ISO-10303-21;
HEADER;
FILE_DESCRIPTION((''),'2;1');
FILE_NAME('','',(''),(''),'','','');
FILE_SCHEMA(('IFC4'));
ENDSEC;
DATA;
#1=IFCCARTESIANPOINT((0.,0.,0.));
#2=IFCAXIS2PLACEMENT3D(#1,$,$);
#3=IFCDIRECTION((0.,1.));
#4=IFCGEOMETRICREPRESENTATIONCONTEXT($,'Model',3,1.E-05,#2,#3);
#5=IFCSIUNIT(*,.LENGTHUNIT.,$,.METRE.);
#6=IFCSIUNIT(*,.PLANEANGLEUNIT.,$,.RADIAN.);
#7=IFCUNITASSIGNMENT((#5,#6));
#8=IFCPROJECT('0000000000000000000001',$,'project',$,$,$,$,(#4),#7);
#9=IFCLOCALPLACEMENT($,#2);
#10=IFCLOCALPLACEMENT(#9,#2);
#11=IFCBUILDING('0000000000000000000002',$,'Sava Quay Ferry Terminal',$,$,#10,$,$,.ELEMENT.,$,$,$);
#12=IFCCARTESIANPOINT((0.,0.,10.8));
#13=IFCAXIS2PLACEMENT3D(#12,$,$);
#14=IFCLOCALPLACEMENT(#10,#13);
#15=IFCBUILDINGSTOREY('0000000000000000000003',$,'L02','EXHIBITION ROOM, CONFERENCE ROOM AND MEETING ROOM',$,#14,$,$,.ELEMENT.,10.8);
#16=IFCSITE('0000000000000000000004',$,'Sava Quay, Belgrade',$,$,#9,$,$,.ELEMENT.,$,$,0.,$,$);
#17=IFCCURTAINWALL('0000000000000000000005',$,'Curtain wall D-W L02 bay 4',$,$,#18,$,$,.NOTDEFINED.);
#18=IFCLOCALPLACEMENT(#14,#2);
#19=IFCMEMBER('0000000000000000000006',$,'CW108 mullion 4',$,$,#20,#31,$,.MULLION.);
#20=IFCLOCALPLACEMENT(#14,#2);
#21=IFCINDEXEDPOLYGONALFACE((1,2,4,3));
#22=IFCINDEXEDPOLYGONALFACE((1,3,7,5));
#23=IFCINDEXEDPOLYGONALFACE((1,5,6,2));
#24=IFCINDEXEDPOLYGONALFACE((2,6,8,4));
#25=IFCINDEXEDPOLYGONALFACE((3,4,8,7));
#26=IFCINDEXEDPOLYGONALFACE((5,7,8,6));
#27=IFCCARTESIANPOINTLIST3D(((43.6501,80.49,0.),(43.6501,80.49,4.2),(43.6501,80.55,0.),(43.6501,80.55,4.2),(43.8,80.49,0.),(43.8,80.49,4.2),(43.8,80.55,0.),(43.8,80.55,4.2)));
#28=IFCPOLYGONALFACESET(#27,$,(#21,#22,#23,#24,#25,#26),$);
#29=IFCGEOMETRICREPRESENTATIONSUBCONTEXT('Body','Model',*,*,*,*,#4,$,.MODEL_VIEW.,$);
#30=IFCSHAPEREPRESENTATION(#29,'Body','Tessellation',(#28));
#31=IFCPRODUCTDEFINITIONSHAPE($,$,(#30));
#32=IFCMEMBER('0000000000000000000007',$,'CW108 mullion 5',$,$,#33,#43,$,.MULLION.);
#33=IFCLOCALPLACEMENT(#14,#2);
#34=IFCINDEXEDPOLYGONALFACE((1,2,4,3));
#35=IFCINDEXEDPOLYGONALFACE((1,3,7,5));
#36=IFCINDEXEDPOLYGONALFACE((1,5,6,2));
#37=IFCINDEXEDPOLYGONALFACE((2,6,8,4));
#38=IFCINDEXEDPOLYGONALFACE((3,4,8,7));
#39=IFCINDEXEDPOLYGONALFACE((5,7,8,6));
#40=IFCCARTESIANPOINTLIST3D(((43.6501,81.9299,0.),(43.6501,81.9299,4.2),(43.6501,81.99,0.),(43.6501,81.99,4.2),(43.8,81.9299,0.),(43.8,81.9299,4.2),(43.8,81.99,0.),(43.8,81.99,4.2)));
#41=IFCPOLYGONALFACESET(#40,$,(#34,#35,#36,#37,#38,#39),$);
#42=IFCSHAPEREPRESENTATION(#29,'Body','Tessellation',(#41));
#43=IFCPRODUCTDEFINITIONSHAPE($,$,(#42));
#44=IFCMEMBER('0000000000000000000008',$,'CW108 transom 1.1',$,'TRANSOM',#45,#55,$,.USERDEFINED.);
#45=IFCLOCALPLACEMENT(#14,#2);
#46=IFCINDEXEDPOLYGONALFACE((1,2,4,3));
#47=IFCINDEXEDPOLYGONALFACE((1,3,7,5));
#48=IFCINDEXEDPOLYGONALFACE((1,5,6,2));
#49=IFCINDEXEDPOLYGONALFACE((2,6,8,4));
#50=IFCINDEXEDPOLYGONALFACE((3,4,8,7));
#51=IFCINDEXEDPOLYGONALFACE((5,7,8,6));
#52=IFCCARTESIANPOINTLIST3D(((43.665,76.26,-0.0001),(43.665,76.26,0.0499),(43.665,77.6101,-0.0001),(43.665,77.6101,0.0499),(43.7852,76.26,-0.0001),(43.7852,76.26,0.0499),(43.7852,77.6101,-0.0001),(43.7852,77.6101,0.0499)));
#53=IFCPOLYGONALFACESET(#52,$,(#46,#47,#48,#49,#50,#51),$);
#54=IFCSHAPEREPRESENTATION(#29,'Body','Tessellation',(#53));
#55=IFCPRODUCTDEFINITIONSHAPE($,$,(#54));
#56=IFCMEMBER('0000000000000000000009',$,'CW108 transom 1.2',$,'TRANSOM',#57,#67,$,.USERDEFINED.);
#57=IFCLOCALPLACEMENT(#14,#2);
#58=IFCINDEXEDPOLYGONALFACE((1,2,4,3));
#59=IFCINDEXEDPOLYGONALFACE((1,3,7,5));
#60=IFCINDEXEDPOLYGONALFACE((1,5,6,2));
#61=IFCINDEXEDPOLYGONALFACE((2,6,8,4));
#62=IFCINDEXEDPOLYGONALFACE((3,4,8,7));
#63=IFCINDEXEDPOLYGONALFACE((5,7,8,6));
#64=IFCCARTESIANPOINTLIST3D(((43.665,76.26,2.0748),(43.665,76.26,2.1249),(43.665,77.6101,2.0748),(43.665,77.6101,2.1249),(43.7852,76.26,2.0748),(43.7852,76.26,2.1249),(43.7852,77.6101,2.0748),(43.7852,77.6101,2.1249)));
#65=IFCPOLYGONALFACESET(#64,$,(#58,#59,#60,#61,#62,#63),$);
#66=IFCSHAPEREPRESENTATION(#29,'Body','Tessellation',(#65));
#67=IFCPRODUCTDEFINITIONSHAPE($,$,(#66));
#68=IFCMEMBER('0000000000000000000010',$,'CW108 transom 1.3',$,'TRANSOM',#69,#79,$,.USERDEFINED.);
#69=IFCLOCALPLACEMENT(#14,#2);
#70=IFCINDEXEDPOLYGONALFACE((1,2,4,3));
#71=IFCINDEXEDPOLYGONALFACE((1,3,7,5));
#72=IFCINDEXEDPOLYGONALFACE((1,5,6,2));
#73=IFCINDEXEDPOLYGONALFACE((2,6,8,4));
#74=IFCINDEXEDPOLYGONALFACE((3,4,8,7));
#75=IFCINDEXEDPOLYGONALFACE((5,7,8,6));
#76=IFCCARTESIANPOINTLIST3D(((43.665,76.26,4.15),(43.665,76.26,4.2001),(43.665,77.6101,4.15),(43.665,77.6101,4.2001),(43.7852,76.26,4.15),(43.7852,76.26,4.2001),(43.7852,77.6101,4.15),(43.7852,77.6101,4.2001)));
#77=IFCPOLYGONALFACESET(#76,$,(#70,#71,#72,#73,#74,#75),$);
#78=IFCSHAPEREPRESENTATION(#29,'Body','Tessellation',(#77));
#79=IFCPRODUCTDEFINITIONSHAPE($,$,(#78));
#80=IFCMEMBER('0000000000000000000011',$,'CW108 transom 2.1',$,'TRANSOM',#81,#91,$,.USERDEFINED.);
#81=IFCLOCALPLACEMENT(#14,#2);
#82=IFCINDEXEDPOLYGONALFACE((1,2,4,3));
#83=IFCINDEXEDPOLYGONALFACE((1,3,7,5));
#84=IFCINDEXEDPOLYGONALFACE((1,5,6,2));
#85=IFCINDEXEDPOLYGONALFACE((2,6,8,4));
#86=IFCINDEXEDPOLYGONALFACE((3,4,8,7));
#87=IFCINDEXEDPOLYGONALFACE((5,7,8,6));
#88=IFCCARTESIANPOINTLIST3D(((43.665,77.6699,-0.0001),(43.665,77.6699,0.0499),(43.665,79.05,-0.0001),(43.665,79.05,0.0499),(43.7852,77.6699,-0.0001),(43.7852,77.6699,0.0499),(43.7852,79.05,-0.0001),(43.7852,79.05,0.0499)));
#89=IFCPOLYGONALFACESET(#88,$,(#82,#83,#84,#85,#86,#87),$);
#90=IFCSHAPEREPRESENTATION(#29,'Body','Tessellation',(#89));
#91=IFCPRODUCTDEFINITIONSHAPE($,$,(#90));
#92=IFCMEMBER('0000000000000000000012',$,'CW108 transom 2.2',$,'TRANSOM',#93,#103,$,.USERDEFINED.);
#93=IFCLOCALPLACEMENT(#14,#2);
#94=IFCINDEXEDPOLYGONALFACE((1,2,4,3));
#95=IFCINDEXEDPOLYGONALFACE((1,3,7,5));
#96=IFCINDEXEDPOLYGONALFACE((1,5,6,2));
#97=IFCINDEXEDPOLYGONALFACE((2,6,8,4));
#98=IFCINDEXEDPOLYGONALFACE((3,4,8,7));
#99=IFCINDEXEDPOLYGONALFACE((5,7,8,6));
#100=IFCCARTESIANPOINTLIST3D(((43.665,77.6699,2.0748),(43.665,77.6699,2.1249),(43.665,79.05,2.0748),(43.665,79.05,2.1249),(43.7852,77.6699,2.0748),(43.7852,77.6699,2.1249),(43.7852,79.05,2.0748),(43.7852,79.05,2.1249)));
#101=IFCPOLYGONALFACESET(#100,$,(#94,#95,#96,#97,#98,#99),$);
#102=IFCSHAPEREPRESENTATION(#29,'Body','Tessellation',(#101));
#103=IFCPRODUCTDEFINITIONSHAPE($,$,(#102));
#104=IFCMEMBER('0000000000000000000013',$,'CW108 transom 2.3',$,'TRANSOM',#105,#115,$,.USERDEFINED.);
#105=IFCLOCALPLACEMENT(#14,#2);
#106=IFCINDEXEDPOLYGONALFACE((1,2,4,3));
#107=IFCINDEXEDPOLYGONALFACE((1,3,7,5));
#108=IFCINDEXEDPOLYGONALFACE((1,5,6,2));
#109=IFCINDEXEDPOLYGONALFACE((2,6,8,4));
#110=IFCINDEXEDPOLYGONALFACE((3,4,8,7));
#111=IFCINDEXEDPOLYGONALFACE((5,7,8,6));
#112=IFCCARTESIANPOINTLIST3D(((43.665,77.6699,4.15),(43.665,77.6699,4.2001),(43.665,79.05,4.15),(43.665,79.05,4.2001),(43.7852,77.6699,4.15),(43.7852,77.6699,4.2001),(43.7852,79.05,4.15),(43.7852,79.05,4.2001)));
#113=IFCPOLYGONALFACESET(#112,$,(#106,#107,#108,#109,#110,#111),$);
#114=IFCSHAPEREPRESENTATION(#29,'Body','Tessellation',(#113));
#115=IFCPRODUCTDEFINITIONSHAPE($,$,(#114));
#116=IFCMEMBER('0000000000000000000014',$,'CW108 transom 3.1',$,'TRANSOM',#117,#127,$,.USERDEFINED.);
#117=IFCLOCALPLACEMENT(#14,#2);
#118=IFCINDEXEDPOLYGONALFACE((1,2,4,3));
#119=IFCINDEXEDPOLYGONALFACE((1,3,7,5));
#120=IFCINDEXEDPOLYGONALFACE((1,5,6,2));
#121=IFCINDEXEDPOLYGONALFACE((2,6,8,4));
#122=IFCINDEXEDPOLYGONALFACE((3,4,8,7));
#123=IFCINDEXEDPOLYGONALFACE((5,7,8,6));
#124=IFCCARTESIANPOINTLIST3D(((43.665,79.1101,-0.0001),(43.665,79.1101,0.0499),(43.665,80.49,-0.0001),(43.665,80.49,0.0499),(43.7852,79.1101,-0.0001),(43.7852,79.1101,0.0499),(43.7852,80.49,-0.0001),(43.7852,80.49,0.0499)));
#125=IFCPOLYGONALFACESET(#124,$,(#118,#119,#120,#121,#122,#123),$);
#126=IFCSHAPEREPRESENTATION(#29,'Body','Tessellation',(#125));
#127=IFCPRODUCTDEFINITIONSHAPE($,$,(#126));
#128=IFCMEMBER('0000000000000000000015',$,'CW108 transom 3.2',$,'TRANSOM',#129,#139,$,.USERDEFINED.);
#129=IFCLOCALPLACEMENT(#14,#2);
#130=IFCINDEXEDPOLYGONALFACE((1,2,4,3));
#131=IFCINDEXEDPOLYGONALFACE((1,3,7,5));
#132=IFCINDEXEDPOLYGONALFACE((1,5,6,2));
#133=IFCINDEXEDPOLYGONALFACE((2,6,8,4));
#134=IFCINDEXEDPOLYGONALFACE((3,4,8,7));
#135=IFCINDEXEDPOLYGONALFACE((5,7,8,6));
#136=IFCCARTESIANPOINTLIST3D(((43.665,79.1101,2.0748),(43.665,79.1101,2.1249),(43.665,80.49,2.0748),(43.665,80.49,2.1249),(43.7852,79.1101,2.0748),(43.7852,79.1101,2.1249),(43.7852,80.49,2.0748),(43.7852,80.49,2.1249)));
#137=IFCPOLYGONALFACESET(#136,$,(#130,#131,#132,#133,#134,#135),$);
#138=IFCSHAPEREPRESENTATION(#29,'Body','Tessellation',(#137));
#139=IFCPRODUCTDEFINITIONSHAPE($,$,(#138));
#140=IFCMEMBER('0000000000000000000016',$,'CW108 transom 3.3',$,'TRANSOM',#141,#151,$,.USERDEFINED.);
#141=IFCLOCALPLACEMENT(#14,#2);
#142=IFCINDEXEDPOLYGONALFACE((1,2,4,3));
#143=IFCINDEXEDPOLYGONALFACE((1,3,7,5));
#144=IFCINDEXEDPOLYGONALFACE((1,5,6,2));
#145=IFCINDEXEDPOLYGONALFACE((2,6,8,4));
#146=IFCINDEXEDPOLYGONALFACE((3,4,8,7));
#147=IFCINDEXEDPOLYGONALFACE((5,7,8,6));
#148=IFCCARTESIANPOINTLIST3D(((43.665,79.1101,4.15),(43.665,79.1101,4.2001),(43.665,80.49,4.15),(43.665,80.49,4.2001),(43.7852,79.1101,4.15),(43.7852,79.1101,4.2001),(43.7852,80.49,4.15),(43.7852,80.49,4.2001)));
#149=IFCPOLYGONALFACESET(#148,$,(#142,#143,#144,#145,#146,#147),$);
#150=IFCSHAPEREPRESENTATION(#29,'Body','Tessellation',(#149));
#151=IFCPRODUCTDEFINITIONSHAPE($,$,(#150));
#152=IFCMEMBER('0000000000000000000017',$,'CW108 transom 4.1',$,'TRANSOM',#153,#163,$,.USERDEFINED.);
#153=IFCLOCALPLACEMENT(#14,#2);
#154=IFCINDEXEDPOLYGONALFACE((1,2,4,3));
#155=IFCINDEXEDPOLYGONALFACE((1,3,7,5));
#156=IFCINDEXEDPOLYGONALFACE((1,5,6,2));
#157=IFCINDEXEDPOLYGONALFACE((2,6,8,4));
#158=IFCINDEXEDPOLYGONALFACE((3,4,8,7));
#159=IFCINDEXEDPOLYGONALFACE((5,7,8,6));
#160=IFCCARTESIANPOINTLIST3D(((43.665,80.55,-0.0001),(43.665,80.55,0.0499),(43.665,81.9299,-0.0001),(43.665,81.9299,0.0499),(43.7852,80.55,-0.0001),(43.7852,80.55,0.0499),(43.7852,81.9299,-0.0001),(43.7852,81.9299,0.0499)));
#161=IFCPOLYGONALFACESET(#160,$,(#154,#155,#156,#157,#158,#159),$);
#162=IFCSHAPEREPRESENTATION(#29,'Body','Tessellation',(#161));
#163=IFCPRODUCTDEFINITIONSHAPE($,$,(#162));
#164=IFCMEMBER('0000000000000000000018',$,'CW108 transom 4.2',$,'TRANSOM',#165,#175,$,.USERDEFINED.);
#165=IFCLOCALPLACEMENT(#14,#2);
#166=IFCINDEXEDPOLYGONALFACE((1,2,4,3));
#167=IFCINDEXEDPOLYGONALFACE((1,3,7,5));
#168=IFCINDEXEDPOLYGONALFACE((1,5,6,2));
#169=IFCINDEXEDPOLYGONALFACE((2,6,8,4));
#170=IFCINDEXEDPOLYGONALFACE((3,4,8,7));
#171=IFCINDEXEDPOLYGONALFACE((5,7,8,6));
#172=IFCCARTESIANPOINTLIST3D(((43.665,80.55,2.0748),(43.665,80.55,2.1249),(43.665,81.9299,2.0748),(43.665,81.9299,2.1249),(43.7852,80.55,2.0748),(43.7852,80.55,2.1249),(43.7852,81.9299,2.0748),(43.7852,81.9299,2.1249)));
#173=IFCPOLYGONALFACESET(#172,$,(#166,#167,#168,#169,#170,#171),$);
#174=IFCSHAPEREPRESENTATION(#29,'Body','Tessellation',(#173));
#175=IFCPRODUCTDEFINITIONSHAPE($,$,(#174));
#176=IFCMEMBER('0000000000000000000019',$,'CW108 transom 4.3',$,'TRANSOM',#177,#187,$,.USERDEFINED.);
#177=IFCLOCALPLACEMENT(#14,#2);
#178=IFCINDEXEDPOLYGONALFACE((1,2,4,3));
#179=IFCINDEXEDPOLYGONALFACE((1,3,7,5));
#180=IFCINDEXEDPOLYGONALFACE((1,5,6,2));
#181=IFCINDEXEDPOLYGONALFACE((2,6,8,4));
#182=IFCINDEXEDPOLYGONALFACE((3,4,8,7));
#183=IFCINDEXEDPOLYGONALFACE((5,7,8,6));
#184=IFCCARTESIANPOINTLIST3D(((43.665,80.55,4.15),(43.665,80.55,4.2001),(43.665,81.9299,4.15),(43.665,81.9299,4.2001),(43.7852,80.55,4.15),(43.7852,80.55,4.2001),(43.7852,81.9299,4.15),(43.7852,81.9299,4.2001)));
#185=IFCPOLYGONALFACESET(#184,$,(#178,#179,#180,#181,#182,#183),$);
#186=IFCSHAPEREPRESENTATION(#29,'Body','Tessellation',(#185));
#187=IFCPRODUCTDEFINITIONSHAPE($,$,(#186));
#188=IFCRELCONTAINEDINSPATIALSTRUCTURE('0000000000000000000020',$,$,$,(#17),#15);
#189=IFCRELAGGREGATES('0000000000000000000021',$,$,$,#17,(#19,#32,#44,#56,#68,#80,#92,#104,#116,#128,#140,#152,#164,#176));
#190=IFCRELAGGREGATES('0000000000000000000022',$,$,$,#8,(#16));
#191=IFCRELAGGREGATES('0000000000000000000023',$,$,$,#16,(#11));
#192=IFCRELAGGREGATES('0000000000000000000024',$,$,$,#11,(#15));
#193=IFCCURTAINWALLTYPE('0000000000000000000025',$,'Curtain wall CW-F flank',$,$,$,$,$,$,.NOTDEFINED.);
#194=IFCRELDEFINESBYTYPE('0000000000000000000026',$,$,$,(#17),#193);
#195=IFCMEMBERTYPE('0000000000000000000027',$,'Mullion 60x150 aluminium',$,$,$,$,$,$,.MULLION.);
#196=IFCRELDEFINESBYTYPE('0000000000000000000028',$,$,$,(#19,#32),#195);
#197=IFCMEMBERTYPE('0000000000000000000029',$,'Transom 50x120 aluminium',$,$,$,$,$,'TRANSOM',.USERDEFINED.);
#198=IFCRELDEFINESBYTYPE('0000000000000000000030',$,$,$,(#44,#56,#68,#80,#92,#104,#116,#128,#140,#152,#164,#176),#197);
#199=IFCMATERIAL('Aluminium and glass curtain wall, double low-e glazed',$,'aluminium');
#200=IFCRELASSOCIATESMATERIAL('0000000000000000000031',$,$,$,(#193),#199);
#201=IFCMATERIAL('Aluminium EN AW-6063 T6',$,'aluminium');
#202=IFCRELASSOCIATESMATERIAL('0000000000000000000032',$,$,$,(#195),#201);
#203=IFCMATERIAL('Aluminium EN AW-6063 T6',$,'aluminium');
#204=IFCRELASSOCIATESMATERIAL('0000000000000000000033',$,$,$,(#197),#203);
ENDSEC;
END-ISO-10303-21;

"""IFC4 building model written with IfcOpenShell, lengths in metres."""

from ifc_helpers import new_model, si_unit, direction, frame, origin, origin_2d, place, context, subcontext, project, spatial, rectangle, extrude, material, material_profile, profile_set, type_object, element, aggregate, save


model = new_model("IFC4")

# Units and contexts
model_context = context("Model", 3, precision=1e-05, world=origin(), true_north=direction((0.0, 1.0)))
body_context = subcontext(model_context, "Body", "Model", "MODEL_VIEW")
ifc_project = project(units=[si_unit("LENGTHUNIT", "METRE"), si_unit("PLANEANGLEUNIT", "RADIAN")], contexts=[model_context])

# Site, building, storey
site_placement = place(None, origin())
site = spatial("IfcSite", under=ifc_project, at=site_placement, Name="Sava Quay, Belgrade", CompositionType="ELEMENT", RefElevation=0.0)
building_placement = place(site_placement, origin())
building = spatial("IfcBuilding", under=site, at=building_placement, Name="Sava Quay Ferry Terminal", CompositionType="ELEMENT")
storey_placement = place(building_placement, frame((0.0, 0.0, 10.8)))
storey = spatial("IfcBuildingStorey", under=building, at=storey_placement, Name="L02", Description="EXHIBITION ROOM, CONFERENCE ROOM AND MEETING ROOM", CompositionType="ELEMENT", Elevation=10.8)

# Shared definitions
ifc_material_1 = material(Name="Aluminium and glass curtain wall, double low-e glazed", Category="aluminium")
curtain_wall_type = type_object("IfcCurtainWallType", Name="Curtain wall CW-F flank", PredefinedType="NOTDEFINED", material=ifc_material_1)
ifc_material_2 = material(Name="Aluminium EN AW-6063 T6", Category="aluminium")
ifc_material_profile_1 = material_profile(ifc_material_2, rectangle(XDim=0.1499, YDim=0.0601, at=origin_2d()), Name="Mullion 60x150 aluminium")
ifc_profile_set_1 = profile_set([ifc_material_profile_1], Name="Aluminium EN AW-6063 T6")
member_type_1 = type_object("IfcMemberType", Name="Mullion 60x150 aluminium", PredefinedType="MULLION", material=ifc_profile_set_1)

# Curtain wall, members
curtain_wall_1_placement = place(storey_placement, origin())
curtain_wall_1 = element("IfcCurtainWall", 1, at=curtain_wall_1_placement, inside=storey, type_object=curtain_wall_type, Name="Curtain wall D-W L02 bay 4", PredefinedType="NOTDEFINED")
member_1_placement = place(storey_placement, frame((43.7251, 80.52, 0.0), z_axis=(0.0, 0.0, 1.0), x_axis=(-1.0, 0.0, 0.0)))
member_1 = element("IfcMember", 2, at=member_1_placement, type_object=member_type_1, Name="CW108 mullion 4", PredefinedType="MULLION", context=body_context, shape_type="SweptSolid", body=[
    extrude(rectangle(XDim=0.1499, YDim=0.0601, at=origin_2d()), origin(), (0.0, 0.0, 1.0), 4.2),
])
member_2_placement = place(storey_placement, frame((43.7251, 81.96, 0.0), z_axis=(0.0, 0.0, 1.0), x_axis=(-1.0, 0.0, 0.0)))
member_2 = element("IfcMember", 3, at=member_2_placement, type_object=member_type_1, Name="CW108 mullion 5", PredefinedType="MULLION", context=body_context, shape_type="SweptSolid", body=[
    extrude(rectangle(XDim=0.1499, YDim=0.0601, at=origin_2d()), origin(), (0.0, 0.0, 1.0), 4.2),
])
ifc_material_3 = material(Name="Aluminium EN AW-6063 T6", Category="aluminium")
ifc_material_profile_2 = material_profile(ifc_material_3, rectangle(XDim=0.1201, YDim=0.05, at=origin_2d()), Name="Transom 50x120 aluminium")
ifc_profile_set_2 = profile_set([ifc_material_profile_2], Name="Aluminium EN AW-6063 T6")
member_type_2 = type_object("IfcMemberType", Name="Transom 50x120 aluminium", ElementType="TRANSOM", PredefinedType="USERDEFINED", material=ifc_profile_set_2)
member_3_placement = place(storey_placement, frame((43.7251, 76.26, 0.0249), z_axis=(0.0, 1.0, 0.0), x_axis=(-1.0, 0.0, 0.0)))
member_3 = element("IfcMember", 4, at=member_3_placement, type_object=member_type_2, Name="CW108 transom 1.1", ObjectType="TRANSOM", PredefinedType="USERDEFINED", context=body_context, shape_type="SweptSolid", body=[
    extrude(rectangle(XDim=0.1201, YDim=0.05, at=origin_2d()), origin(), (0.0, 0.0, 1.0), 1.3501),
])
member_4_placement = place(storey_placement, frame((43.7251, 76.26, 2.0999), z_axis=(0.0, 1.0, 0.0), x_axis=(-1.0, 0.0, 0.0)))
member_4 = element("IfcMember", 5, at=member_4_placement, type_object=member_type_2, Name="CW108 transom 1.2", ObjectType="TRANSOM", PredefinedType="USERDEFINED", context=body_context, shape_type="SweptSolid", body=[
    extrude(rectangle(XDim=0.1201, YDim=0.05, at=origin_2d()), origin(), (0.0, 0.0, 1.0), 1.3501),
])
member_5_placement = place(storey_placement, frame((43.7251, 76.26, 4.175), z_axis=(0.0, 1.0, 0.0), x_axis=(-1.0, 0.0, 0.0)))
member_5 = element("IfcMember", 6, at=member_5_placement, type_object=member_type_2, Name="CW108 transom 1.3", ObjectType="TRANSOM", PredefinedType="USERDEFINED", context=body_context, shape_type="SweptSolid", body=[
    extrude(rectangle(XDim=0.1201, YDim=0.05, at=origin_2d()), origin(), (0.0, 0.0, 1.0), 1.3501),
])
member_6_placement = place(storey_placement, frame((43.7251, 77.6699, 0.0249), z_axis=(0.0, 1.0, 0.0), x_axis=(-1.0, 0.0, 0.0)))
member_6 = element("IfcMember", 7, at=member_6_placement, type_object=member_type_2, Name="CW108 transom 2.1", ObjectType="TRANSOM", PredefinedType="USERDEFINED", context=body_context, shape_type="SweptSolid", body=[
    extrude(rectangle(XDim=0.1201, YDim=0.05, at=origin_2d()), origin(), (0.0, 0.0, 1.0), 1.3801),
])
member_7_placement = place(storey_placement, frame((43.7251, 77.6699, 2.0999), z_axis=(0.0, 1.0, 0.0), x_axis=(-1.0, 0.0, 0.0)))
member_7 = element("IfcMember", 8, at=member_7_placement, type_object=member_type_2, Name="CW108 transom 2.2", ObjectType="TRANSOM", PredefinedType="USERDEFINED", context=body_context, shape_type="SweptSolid", body=[
    extrude(rectangle(XDim=0.1201, YDim=0.05, at=origin_2d()), origin(), (0.0, 0.0, 1.0), 1.3801),
])
member_8_placement = place(storey_placement, frame((43.7251, 77.6699, 4.175), z_axis=(0.0, 1.0, 0.0), x_axis=(-1.0, 0.0, 0.0)))
member_8 = element("IfcMember", 9, at=member_8_placement, type_object=member_type_2, Name="CW108 transom 2.3", ObjectType="TRANSOM", PredefinedType="USERDEFINED", context=body_context, shape_type="SweptSolid", body=[
    extrude(rectangle(XDim=0.1201, YDim=0.05, at=origin_2d()), origin(), (0.0, 0.0, 1.0), 1.3801),
])
member_9_placement = place(storey_placement, frame((43.7251, 79.1101, 0.0249), z_axis=(0.0, 1.0, 0.0), x_axis=(-1.0, 0.0, 0.0)))
member_9 = element("IfcMember", 10, at=member_9_placement, type_object=member_type_2, Name="CW108 transom 3.1", ObjectType="TRANSOM", PredefinedType="USERDEFINED", context=body_context, shape_type="SweptSolid", body=[
    extrude(rectangle(XDim=0.1201, YDim=0.05, at=origin_2d()), origin(), (0.0, 0.0, 1.0), 1.3799),
])
member_10_placement = place(storey_placement, frame((43.7251, 79.1101, 2.0999), z_axis=(0.0, 1.0, 0.0), x_axis=(-1.0, 0.0, 0.0)))
member_10 = element("IfcMember", 11, at=member_10_placement, type_object=member_type_2, Name="CW108 transom 3.2", ObjectType="TRANSOM", PredefinedType="USERDEFINED", context=body_context, shape_type="SweptSolid", body=[
    extrude(rectangle(XDim=0.1201, YDim=0.05, at=origin_2d()), origin(), (0.0, 0.0, 1.0), 1.3799),
])
member_11_placement = place(storey_placement, frame((43.7251, 79.1101, 4.175), z_axis=(0.0, 1.0, 0.0), x_axis=(-1.0, 0.0, 0.0)))
member_11 = element("IfcMember", 12, at=member_11_placement, type_object=member_type_2, Name="CW108 transom 3.3", ObjectType="TRANSOM", PredefinedType="USERDEFINED", context=body_context, shape_type="SweptSolid", body=[
    extrude(rectangle(XDim=0.1201, YDim=0.05, at=origin_2d()), origin(), (0.0, 0.0, 1.0), 1.3799),
])
member_12_placement = place(storey_placement, frame((43.7251, 80.55, 0.0249), z_axis=(0.0, 1.0, 0.0), x_axis=(-1.0, 0.0, 0.0)))
member_12 = element("IfcMember", 13, at=member_12_placement, type_object=member_type_2, Name="CW108 transom 4.1", ObjectType="TRANSOM", PredefinedType="USERDEFINED", context=body_context, shape_type="SweptSolid", body=[
    extrude(rectangle(XDim=0.1201, YDim=0.05, at=origin_2d()), origin(), (0.0, 0.0, 1.0), 1.3799),
])
member_13_placement = place(storey_placement, frame((43.7251, 80.55, 2.0999), z_axis=(0.0, 1.0, 0.0), x_axis=(-1.0, 0.0, 0.0)))
member_13 = element("IfcMember", 14, at=member_13_placement, type_object=member_type_2, Name="CW108 transom 4.2", ObjectType="TRANSOM", PredefinedType="USERDEFINED", context=body_context, shape_type="SweptSolid", body=[
    extrude(rectangle(XDim=0.1201, YDim=0.05, at=origin_2d()), origin(), (0.0, 0.0, 1.0), 1.3799),
])
member_14_placement = place(storey_placement, frame((43.7251, 80.55, 4.175), z_axis=(0.0, 1.0, 0.0), x_axis=(-1.0, 0.0, 0.0)))
member_14 = element("IfcMember", 15, at=member_14_placement, type_object=member_type_2, Name="CW108 transom 4.3", ObjectType="TRANSOM", PredefinedType="USERDEFINED", context=body_context, shape_type="SweptSolid", body=[
    extrude(rectangle(XDim=0.1201, YDim=0.05, at=origin_2d()), origin(), (0.0, 0.0, 1.0), 1.3799),
])
aggregate(curtain_wall_1, [member_1, member_2, member_3, member_4, member_5, member_6, member_7, member_8, member_9, member_10, member_11, member_12, member_13, member_14])

save(model, "model.ifc")
